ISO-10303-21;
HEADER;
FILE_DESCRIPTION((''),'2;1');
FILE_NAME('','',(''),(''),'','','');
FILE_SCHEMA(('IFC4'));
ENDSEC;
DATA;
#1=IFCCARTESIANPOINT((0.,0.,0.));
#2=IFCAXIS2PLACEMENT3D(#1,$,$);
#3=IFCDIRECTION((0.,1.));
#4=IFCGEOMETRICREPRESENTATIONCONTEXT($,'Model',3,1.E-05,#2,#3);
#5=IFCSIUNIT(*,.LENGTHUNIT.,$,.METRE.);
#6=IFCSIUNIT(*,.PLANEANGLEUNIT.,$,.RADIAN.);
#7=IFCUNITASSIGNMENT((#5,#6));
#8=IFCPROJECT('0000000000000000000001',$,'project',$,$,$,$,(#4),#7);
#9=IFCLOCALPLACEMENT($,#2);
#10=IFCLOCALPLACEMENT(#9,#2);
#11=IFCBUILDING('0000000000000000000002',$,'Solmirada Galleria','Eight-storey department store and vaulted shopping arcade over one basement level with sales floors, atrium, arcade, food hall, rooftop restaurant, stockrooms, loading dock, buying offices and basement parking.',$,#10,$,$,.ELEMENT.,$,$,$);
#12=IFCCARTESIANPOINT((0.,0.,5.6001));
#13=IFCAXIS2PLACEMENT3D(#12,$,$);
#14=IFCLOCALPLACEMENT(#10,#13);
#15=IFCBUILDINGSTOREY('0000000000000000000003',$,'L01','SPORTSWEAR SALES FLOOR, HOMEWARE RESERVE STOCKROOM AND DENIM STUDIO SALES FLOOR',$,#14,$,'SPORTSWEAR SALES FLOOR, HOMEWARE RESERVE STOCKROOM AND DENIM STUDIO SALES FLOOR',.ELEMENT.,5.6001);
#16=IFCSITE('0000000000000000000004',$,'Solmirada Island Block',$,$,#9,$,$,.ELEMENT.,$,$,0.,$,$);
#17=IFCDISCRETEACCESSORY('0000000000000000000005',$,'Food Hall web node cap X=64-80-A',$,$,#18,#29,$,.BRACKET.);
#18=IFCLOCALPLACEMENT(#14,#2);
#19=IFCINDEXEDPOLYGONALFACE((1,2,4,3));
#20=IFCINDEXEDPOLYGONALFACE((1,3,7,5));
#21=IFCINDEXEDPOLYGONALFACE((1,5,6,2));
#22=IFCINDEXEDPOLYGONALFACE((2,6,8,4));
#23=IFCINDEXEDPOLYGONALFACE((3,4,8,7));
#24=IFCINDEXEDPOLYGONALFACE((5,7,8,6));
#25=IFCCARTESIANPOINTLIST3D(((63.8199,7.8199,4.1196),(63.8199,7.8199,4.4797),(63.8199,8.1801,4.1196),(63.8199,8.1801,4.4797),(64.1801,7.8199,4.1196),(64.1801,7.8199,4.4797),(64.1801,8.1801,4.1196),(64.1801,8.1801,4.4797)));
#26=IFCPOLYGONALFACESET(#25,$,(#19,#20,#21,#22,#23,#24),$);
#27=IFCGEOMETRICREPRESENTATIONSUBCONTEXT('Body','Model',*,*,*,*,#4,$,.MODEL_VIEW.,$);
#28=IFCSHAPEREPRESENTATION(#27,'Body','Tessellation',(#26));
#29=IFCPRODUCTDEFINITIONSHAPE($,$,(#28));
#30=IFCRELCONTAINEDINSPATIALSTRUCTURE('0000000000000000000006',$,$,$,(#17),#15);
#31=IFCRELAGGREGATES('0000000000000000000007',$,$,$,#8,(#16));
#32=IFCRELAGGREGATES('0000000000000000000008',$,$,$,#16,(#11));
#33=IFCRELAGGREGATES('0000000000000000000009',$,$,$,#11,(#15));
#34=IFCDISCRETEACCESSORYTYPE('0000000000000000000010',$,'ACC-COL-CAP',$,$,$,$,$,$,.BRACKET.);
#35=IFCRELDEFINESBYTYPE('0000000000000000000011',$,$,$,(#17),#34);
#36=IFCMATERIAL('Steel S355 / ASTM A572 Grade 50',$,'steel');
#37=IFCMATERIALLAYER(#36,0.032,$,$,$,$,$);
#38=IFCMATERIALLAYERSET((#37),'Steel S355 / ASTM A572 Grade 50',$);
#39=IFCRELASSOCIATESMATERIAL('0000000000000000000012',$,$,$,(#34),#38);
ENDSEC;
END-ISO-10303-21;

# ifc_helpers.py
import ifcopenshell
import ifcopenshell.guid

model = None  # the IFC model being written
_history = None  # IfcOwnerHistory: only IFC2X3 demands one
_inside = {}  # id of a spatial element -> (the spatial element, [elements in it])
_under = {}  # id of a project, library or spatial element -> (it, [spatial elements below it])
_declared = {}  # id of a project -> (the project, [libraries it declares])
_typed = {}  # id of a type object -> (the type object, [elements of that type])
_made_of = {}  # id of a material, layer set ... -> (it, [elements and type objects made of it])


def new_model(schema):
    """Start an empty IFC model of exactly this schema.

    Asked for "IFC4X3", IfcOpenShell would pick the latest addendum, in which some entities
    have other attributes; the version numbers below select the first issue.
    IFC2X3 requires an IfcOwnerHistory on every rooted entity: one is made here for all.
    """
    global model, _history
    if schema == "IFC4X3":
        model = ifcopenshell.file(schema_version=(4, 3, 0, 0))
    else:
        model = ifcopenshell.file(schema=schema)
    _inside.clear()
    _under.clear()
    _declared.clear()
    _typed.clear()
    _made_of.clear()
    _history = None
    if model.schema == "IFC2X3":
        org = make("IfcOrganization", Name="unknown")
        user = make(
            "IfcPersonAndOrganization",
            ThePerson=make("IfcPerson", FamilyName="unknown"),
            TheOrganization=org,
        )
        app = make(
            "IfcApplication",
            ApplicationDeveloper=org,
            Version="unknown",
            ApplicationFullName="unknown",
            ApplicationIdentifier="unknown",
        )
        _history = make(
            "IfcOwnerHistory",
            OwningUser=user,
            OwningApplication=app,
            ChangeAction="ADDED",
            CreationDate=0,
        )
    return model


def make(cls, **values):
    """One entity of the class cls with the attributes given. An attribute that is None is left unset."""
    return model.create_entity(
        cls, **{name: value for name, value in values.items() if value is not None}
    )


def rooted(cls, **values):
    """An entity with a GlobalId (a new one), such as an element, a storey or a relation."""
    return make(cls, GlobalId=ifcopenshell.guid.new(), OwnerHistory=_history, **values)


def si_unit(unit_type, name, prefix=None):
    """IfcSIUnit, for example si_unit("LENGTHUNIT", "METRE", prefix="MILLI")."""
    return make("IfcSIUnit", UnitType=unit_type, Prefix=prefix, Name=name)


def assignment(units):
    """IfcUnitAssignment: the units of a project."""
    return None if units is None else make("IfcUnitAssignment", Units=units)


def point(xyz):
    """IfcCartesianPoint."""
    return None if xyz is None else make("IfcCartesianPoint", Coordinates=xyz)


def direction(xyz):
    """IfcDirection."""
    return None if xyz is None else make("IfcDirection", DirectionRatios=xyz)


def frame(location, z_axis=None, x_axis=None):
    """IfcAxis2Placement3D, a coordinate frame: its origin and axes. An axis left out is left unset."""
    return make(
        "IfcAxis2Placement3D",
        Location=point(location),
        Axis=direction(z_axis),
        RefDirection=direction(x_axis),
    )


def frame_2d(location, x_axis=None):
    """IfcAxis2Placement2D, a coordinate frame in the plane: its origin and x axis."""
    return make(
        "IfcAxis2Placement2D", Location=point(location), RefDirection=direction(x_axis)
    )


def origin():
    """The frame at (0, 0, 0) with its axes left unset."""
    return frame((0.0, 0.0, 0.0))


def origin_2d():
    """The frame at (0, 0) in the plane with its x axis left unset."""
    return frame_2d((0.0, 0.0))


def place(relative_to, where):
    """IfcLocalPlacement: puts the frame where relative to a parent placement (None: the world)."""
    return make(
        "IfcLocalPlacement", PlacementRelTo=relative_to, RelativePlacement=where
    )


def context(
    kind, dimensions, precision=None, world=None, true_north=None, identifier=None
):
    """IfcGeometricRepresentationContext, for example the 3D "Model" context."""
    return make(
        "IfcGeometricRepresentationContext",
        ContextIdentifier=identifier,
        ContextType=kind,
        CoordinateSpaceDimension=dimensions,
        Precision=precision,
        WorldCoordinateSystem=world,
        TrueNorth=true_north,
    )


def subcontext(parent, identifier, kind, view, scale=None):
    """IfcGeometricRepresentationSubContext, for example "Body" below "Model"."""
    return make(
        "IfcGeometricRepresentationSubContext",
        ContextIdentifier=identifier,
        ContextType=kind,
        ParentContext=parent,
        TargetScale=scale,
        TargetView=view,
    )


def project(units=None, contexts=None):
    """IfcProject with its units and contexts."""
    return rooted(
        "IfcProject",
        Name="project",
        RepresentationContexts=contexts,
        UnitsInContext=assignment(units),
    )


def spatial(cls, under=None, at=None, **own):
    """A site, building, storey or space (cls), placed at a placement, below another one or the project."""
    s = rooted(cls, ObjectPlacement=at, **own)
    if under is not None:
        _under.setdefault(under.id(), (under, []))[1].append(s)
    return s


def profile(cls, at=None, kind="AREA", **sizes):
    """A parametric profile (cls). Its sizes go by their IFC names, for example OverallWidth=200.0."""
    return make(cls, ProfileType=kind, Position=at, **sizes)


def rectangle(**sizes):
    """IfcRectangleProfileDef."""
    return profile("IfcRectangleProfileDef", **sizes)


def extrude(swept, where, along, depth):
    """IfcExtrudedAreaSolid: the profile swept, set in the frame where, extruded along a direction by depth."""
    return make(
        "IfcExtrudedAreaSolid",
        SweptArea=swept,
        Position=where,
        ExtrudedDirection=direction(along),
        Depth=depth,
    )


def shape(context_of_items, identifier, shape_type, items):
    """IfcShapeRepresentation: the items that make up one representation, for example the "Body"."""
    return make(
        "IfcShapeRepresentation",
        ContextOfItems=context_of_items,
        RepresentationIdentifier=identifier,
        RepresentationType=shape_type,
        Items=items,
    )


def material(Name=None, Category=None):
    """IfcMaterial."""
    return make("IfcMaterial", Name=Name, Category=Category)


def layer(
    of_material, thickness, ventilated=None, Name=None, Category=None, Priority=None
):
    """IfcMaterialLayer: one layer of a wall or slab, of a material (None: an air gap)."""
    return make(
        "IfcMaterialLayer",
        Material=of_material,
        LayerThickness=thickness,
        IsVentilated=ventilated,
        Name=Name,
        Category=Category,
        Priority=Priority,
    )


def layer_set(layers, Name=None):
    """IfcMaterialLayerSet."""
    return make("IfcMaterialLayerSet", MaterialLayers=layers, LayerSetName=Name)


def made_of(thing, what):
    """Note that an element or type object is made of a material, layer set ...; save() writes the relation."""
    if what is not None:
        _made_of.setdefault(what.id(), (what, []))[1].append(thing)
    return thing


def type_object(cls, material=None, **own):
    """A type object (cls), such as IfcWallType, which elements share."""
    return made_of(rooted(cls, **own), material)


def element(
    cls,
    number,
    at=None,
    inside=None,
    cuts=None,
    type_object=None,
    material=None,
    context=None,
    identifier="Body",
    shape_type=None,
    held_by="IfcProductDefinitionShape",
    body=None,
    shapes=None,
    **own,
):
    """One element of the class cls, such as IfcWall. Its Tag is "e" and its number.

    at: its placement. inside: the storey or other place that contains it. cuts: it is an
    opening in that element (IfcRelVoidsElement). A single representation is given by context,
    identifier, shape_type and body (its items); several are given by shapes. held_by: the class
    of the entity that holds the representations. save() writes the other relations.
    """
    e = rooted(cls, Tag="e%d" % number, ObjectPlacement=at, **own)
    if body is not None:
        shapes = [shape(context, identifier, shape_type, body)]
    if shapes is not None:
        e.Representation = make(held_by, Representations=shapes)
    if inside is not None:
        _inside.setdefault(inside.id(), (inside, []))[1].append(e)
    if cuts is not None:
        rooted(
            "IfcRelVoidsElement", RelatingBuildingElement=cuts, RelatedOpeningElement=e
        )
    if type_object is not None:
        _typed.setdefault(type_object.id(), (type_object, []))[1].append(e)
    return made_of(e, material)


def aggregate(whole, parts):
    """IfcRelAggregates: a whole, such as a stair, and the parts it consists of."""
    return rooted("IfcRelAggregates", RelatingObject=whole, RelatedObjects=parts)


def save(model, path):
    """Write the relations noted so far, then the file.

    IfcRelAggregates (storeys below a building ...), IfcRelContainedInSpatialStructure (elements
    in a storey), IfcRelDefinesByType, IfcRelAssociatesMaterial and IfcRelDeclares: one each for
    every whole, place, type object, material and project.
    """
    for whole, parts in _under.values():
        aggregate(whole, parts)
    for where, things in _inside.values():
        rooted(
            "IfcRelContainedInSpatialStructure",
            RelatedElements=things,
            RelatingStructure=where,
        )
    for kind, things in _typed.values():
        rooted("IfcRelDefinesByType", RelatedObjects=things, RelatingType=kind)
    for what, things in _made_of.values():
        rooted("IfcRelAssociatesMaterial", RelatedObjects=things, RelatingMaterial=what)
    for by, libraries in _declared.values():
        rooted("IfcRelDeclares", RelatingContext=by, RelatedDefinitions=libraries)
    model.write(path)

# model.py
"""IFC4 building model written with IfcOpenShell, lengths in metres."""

from ifc_helpers import new_model, si_unit, direction, frame, origin, origin_2d, place, context, subcontext, project, spatial, rectangle, extrude, material, layer, layer_set, type_object, element, save


model = new_model("IFC4")

# Units and contexts
model_context = context("Model", 3, precision=1e-05, world=origin(), true_north=direction((0.0, 1.0)))
body_context = subcontext(model_context, "Body", "Model", "MODEL_VIEW")
ifc_project = project(units=[si_unit("LENGTHUNIT", "METRE"), si_unit("PLANEANGLEUNIT", "RADIAN")], contexts=[model_context])

# Site, building, storey
site_placement = place(None, origin())
site = spatial("IfcSite", under=ifc_project, at=site_placement, Name="Solmirada Island Block", CompositionType="ELEMENT", RefElevation=0.0)
building_placement = place(site_placement, origin())
building = spatial("IfcBuilding", under=site, at=building_placement, Name="Solmirada Galleria", Description="Eight-storey department store and vaulted shopping arcade over one basement level with sales floors, atrium, arcade, food hall, rooftop restaurant, stockrooms, loading dock, buying offices and basement parking.", CompositionType="ELEMENT")
storey_placement = place(building_placement, frame((0.0, 0.0, 5.6001)))
storey = spatial("IfcBuildingStorey", under=building, at=storey_placement, Name="L01", Description="SPORTSWEAR SALES FLOOR, HOMEWARE RESERVE STOCKROOM AND DENIM STUDIO SALES FLOOR", LongName="SPORTSWEAR SALES FLOOR, HOMEWARE RESERVE STOCKROOM AND DENIM STUDIO SALES FLOOR", CompositionType="ELEMENT", Elevation=5.6001)

# Discrete accessory
ifc_material_1 = material(Name="Steel S355 / ASTM A572 Grade 50", Category="steel")
ifc_layer_1 = layer(ifc_material_1, 0.032)
ifc_layer_set_1 = layer_set([ifc_layer_1], Name="Steel S355 / ASTM A572 Grade 50")
discrete_accessory_type = type_object("IfcDiscreteAccessoryType", Name="ACC-COL-CAP", PredefinedType="BRACKET", material=ifc_layer_set_1)
for number, where, z_axis, x_axis, name in (
    (1, (64.0, 8.0, 4.1196), (0.0, 0.0, 1.0), (1.0, 0.0, 0.0), "Food Hall web node cap X=64-80-A"),
):
    element("IfcDiscreteAccessory", number, at=place(storey_placement, frame(where, z_axis=z_axis, x_axis=x_axis)), inside=storey, type_object=discrete_accessory_type, Name=name, PredefinedType="BRACKET", context=body_context, shape_type="SweptSolid", body=[
        extrude(rectangle(XDim=0.3601, YDim=0.3601, at=origin_2d()), origin(), (0.0, 0.0, 1.0), 0.3601),
    ])

save(model, "model.ifc")
